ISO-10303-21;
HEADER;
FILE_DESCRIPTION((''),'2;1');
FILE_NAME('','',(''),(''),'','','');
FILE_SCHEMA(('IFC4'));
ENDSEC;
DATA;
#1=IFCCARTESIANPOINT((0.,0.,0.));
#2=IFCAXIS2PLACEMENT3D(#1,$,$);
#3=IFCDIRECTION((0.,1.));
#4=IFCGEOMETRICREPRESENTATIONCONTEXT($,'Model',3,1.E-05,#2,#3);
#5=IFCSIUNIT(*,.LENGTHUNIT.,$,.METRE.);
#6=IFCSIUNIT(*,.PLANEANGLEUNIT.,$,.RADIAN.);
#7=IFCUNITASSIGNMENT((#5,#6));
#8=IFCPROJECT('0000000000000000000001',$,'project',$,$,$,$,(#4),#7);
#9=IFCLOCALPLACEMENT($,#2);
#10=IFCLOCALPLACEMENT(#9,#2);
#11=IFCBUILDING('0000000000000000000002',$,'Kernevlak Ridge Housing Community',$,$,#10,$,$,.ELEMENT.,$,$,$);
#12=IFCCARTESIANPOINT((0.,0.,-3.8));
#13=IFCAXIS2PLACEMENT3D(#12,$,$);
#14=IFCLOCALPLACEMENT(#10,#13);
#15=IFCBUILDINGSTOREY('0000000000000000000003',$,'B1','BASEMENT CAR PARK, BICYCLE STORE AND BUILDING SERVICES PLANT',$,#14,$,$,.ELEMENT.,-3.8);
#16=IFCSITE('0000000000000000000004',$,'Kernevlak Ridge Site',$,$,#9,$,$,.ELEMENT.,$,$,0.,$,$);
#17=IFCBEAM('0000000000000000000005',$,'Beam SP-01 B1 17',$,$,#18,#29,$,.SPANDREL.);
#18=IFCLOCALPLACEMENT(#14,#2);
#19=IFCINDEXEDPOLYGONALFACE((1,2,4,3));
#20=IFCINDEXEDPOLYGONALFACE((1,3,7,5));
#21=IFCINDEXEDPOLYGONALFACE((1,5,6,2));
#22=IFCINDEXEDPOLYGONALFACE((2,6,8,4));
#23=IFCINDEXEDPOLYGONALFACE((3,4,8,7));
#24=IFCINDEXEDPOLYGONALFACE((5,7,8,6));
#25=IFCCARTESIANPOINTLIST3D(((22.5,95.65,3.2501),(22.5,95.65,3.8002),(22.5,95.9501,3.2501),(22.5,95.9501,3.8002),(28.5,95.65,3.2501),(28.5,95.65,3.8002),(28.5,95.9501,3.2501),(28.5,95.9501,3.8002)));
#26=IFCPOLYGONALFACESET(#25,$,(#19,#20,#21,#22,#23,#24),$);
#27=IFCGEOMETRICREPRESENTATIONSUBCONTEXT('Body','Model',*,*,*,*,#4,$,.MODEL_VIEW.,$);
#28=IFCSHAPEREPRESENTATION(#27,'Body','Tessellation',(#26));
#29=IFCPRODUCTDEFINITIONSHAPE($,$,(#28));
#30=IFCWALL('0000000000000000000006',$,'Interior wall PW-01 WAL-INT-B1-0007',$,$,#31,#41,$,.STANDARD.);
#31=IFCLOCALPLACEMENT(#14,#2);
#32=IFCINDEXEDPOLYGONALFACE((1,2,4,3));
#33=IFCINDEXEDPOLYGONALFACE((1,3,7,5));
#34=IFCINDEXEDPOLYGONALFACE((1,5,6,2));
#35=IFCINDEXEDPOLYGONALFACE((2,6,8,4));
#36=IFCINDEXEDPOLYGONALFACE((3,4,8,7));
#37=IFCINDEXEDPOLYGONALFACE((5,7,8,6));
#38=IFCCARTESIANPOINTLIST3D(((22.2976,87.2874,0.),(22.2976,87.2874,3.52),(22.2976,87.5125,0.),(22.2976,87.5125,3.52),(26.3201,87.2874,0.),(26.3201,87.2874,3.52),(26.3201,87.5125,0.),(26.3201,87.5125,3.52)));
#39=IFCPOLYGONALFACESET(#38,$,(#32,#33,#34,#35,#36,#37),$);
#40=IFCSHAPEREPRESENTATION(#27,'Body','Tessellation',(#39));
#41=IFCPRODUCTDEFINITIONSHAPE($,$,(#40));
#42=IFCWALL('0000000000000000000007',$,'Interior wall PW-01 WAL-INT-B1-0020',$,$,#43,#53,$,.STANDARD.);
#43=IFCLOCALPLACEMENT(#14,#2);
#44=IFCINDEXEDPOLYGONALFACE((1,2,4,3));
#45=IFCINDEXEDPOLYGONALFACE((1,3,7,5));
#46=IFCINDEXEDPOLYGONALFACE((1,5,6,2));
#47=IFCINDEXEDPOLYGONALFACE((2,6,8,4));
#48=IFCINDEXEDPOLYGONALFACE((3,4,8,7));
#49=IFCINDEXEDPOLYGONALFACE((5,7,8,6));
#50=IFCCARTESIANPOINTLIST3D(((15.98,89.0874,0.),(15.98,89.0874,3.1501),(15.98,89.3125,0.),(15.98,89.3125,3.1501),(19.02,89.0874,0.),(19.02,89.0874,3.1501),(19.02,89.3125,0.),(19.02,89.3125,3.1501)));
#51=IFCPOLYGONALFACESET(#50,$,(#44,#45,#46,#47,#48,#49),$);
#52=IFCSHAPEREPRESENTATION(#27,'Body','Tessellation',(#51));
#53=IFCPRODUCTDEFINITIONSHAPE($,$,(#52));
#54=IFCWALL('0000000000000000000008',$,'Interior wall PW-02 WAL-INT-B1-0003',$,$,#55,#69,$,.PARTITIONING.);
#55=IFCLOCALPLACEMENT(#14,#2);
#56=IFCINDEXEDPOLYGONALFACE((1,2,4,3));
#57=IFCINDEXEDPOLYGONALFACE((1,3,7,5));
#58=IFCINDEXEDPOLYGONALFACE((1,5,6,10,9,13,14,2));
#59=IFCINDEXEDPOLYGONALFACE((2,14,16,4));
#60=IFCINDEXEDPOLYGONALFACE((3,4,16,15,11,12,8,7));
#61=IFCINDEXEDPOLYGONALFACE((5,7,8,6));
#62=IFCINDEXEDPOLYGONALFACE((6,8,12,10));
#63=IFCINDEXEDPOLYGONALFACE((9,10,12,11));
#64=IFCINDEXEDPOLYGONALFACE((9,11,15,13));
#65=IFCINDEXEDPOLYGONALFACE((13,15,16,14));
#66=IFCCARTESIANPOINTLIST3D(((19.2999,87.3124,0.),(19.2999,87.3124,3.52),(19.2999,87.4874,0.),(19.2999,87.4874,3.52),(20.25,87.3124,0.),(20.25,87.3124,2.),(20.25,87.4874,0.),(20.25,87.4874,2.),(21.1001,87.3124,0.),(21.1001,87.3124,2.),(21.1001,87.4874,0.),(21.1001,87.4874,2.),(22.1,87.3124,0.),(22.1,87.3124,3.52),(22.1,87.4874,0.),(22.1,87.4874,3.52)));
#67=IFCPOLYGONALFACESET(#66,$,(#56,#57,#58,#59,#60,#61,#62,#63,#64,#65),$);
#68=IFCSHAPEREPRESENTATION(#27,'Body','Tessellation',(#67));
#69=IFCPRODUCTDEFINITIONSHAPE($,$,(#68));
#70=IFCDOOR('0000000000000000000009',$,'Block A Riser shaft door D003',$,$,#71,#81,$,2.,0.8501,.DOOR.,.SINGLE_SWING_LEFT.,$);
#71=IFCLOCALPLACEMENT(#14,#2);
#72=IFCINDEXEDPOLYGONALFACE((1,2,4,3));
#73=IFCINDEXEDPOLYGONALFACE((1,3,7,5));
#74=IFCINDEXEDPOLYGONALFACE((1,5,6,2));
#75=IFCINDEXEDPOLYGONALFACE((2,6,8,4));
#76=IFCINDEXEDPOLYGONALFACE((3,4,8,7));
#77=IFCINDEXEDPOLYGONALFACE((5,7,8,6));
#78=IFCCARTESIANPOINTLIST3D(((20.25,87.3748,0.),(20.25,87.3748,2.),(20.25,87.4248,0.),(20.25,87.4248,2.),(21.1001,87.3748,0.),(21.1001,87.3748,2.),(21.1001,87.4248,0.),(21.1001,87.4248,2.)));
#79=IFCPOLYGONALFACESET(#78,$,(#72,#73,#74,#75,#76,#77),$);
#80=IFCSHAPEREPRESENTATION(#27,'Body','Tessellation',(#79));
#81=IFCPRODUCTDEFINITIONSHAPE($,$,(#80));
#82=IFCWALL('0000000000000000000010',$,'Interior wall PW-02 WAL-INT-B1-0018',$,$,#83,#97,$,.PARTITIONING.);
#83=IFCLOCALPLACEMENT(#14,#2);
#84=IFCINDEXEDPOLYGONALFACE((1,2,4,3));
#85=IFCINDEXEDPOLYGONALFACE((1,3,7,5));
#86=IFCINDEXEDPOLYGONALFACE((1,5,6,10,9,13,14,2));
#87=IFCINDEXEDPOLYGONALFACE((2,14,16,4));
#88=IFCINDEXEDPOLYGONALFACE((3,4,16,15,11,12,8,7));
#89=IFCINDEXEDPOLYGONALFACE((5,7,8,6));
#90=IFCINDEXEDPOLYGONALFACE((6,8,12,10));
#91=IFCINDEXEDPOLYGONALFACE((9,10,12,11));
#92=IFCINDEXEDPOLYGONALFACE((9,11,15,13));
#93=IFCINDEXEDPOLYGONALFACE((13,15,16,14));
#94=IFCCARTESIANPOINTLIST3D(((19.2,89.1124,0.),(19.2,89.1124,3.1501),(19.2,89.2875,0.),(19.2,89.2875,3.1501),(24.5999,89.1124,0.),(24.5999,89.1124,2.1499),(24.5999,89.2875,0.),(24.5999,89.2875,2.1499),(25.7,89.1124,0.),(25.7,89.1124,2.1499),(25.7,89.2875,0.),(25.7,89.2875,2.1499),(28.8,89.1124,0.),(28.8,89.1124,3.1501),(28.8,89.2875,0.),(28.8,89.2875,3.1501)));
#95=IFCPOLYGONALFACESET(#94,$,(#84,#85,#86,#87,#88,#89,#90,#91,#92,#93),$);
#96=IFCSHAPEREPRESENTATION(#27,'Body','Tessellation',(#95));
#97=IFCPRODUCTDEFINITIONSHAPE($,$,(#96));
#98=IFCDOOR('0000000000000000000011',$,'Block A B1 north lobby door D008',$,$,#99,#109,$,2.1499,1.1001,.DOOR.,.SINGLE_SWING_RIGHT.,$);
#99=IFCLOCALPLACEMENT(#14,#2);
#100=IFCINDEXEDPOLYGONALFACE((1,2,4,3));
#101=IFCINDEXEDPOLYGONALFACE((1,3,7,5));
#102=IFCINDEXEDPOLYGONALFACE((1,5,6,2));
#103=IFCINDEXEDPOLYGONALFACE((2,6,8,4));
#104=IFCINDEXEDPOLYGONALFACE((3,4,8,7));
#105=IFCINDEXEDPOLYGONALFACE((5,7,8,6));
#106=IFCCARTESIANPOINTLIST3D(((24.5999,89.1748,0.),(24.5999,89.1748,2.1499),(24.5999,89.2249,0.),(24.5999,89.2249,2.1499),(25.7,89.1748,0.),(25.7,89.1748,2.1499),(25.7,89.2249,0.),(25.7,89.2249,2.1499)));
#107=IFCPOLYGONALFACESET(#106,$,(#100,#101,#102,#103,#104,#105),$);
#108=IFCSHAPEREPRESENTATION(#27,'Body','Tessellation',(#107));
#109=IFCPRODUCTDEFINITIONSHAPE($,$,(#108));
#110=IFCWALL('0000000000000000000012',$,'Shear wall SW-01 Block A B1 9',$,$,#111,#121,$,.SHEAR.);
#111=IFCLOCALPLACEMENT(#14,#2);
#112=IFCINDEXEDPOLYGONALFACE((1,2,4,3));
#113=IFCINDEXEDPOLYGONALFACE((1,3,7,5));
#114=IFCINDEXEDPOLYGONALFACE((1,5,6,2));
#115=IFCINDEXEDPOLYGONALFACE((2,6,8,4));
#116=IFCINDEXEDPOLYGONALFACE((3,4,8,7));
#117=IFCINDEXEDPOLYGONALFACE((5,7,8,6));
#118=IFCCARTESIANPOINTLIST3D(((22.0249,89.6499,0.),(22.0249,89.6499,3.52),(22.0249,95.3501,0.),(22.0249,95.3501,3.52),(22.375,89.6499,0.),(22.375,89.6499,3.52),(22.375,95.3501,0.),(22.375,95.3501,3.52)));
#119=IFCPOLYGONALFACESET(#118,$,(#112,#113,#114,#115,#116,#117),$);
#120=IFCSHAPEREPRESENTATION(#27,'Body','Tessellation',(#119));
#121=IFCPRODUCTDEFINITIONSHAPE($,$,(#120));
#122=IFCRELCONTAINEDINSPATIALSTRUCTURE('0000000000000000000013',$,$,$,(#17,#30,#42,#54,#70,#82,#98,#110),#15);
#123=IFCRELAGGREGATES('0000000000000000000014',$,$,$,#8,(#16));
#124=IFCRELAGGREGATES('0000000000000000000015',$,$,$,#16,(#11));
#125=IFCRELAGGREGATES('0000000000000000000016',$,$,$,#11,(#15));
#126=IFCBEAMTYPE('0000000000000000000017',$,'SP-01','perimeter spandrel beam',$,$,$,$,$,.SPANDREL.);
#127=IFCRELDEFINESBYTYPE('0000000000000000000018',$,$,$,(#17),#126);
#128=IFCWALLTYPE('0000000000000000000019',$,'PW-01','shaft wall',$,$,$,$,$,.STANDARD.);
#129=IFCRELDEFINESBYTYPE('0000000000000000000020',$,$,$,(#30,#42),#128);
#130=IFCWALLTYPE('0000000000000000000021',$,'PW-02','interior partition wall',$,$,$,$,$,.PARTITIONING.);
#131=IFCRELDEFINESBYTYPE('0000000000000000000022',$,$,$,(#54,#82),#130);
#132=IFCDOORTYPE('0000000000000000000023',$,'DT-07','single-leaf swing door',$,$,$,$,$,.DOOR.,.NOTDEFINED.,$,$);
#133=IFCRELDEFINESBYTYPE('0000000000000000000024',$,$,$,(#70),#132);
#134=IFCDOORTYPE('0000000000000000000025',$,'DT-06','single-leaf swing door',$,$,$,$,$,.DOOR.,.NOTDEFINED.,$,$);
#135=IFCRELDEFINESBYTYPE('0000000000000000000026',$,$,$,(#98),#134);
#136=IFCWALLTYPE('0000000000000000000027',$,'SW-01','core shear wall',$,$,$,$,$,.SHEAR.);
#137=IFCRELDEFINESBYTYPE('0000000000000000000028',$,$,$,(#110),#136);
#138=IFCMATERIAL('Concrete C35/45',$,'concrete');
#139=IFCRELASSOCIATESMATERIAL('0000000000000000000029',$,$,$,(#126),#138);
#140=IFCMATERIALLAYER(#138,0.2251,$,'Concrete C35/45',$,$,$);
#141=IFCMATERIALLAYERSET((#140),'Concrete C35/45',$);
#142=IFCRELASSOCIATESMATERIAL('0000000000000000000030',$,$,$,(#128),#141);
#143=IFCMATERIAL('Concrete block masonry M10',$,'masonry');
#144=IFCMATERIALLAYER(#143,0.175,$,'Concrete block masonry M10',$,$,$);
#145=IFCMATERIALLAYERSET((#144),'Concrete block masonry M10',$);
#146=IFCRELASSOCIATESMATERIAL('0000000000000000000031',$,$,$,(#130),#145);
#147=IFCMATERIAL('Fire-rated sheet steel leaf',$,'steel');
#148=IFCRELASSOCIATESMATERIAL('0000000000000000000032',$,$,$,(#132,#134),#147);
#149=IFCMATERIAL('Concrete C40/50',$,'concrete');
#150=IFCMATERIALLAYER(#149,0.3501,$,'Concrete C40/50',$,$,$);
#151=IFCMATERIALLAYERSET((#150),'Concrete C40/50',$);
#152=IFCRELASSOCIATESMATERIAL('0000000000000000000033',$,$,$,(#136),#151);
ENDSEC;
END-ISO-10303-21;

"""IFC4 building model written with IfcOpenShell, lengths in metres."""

from ifc_helpers import new_model, si_unit, direction, frame, frame_2d, origin, origin_2d, place, context, subcontext, project, spatial, rectangle, extrude, material, layer, layer_set, material_profile, profile_set, type_object, element, fill, save


model = new_model("IFC4")

# Units and contexts
model_context = context("Model", 3, precision=1e-05, world=origin(), true_north=direction((0.0, 1.0)))
body_context = subcontext(model_context, "Body", "Model", "MODEL_VIEW")
ifc_project = project(units=[si_unit("LENGTHUNIT", "METRE"), si_unit("PLANEANGLEUNIT", "RADIAN")], contexts=[model_context])

# Site, building, storey
site_placement = place(None, origin())
site = spatial("IfcSite", under=ifc_project, at=site_placement, Name="Kernevlak Ridge Site", CompositionType="ELEMENT", RefElevation=0.0)
building_placement = place(site_placement, origin())
building = spatial("IfcBuilding", under=site, at=building_placement, Name="Kernevlak Ridge Housing Community", CompositionType="ELEMENT")
storey_placement = place(building_placement, frame((0.0, 0.0, -3.8)))
storey = spatial("IfcBuildingStorey", under=building, at=storey_placement, Name="B1", Description="BASEMENT CAR PARK, BICYCLE STORE AND BUILDING SERVICES PLANT", CompositionType="ELEMENT", Elevation=-3.8)

# Shared definitions
ifc_material_1 = material(Name="Concrete C35/45", Category="concrete")

# Shared definitions
ifc_material_2 = material(Name="Concrete C40/50", Category="concrete")

# Beam
ifc_material_profile_1 = material_profile(ifc_material_1, rectangle(XDim=0.3, YDim=0.55, at=origin_2d()), Name="RC 300x550")
ifc_profile_set_1 = profile_set([ifc_material_profile_1], Name="Concrete C35/45")
beam_type_1 = type_object("IfcBeamType", Name="SP-01", Description="perimeter spandrel beam", PredefinedType="SPANDREL", material=ifc_profile_set_1)
beam_1_placement = place(storey_placement, frame((22.5, 95.8, 3.5251), z_axis=(1.0, 0.0, 0.0), x_axis=(0.0, 1.0, 0.0)))
element("IfcBeam", 1, at=beam_1_placement, inside=storey, type_object=beam_type_1, Name="Beam SP-01 B1 17", PredefinedType="SPANDREL", context=body_context, shape_type="SweptSolid", body=[
    extrude(rectangle(XDim=0.3, YDim=0.55, at=origin_2d()), origin(), (0.0, 0.0, 1.0), 6.0),
])

# Walls
ifc_layer_1 = layer(ifc_material_1, 0.2251, Name="Concrete C35/45")
ifc_layer_set_1 = layer_set([ifc_layer_1], Name="Concrete C35/45")
wall_type_1 = type_object("IfcWallType", Name="PW-01", Description="shaft wall", PredefinedType="STANDARD", material=ifc_layer_set_1)
wall_1_placement = place(storey_placement, frame((22.2976, 87.3999, 0.0), z_axis=(0.0, 0.0, 1.0), x_axis=(1.0, 0.0, 0.0)))
element("IfcWall", 2, at=wall_1_placement, inside=storey, type_object=wall_type_1, Name="Interior wall PW-01 WAL-INT-B1-0007", PredefinedType="STANDARD", context=body_context, shape_type="SweptSolid", body=[
    extrude(rectangle(XDim=4.0225, YDim=0.2251, at=frame_2d((2.0112, 0.0))), origin(), (0.0, 0.0, 1.0), 3.52),
])
wall_2_placement = place(storey_placement, frame((15.98, 89.2, 0.0), z_axis=(0.0, 0.0, 1.0), x_axis=(1.0, 0.0, 0.0)))
element("IfcWall", 3, at=wall_2_placement, inside=storey, type_object=wall_type_1, Name="Interior wall PW-01 WAL-INT-B1-0020", PredefinedType="STANDARD", context=body_context, shape_type="SweptSolid", body=[
    extrude(rectangle(XDim=3.04, YDim=0.2251, at=frame_2d((1.52, 0.0))), origin(), (0.0, 0.0, 1.0), 3.1501),
])

# Walls, openings, doors
ifc_material_3 = material(Name="Concrete block masonry M10", Category="masonry")
ifc_layer_2 = layer(ifc_material_3, 0.175, Name="Concrete block masonry M10")
ifc_layer_set_2 = layer_set([ifc_layer_2], Name="Concrete block masonry M10")
wall_type_2 = type_object("IfcWallType", Name="PW-02", Description="interior partition wall", PredefinedType="PARTITIONING", material=ifc_layer_set_2)
wall_3_placement = place(storey_placement, frame((19.3, 87.3999, 0.0), z_axis=(0.0, 0.0, 1.0), x_axis=(1.0, 0.0, 0.0)))
wall_3 = element("IfcWall", 4, at=wall_3_placement, inside=storey, type_object=wall_type_2, Name="Interior wall PW-02 WAL-INT-B1-0003", PredefinedType="PARTITIONING", context=body_context, shape_type="SweptSolid", body=[
    extrude(rectangle(XDim=2.8, YDim=0.175, at=frame_2d((1.3999, 0.0))), origin(), (0.0, 0.0, 1.0), 3.52),
])
opening_1_placement = place(wall_3_placement, frame((0.95, 0.0, 0.0)))
opening_1 = element("IfcOpeningElement", 5, at=opening_1_placement, cuts=wall_3, PredefinedType="OPENING", context=body_context, shape_type="SweptSolid", body=[
    extrude(rectangle(XDim=0.8501, YDim=2.0, at=frame_2d((0.425, 1.0))), frame((0.0, 0.0974, 0.0), z_axis=(0.0, -1.0, 0.0), x_axis=(1.0, 0.0, 0.0)), (0.0, 0.0, 1.0), 0.1951),
])
ifc_material_4 = material(Name="Fire-rated sheet steel leaf", Category="steel")
door_type_1 = type_object("IfcDoorType", Name="DT-07", Description="single-leaf swing door", OperationType="NOTDEFINED", PredefinedType="DOOR", material=ifc_material_4)
door_1_placement = place(opening_1_placement, origin())
door_1 = element("IfcDoor", 6, at=door_1_placement, inside=storey, type_object=door_type_1, Name="Block A Riser shaft door D003", OperationType="SINGLE_SWING_LEFT", OverallHeight=2.0, OverallWidth=0.8501, PredefinedType="DOOR", context=body_context, shape_type="SweptSolid", body=[
    extrude(rectangle(XDim=0.8501, YDim=2.0, at=frame_2d((0.425, 1.0))), frame((0.0, 0.0249, 0.0), z_axis=(0.0, -1.0, 0.0), x_axis=(1.0, 0.0, 0.0)), (0.0, 0.0, 1.0), 0.05),
])
fill(opening_1, door_1)
wall_4_placement = place(storey_placement, frame((19.2, 89.2, 0.0), z_axis=(0.0, 0.0, 1.0), x_axis=(1.0, 0.0, 0.0)))
wall_4 = element("IfcWall", 7, at=wall_4_placement, inside=storey, type_object=wall_type_2, Name="Interior wall PW-02 WAL-INT-B1-0018", PredefinedType="PARTITIONING", context=body_context, shape_type="SweptSolid", body=[
    extrude(rectangle(XDim=9.6001, YDim=0.175, at=frame_2d((4.8, 0.0))), origin(), (0.0, 0.0, 1.0), 3.1501),
])
opening_2_placement = place(wall_4_placement, frame((5.3999, 0.0, 0.0)))
opening_2 = element("IfcOpeningElement", 8, at=opening_2_placement, cuts=wall_4, PredefinedType="OPENING", context=body_context, shape_type="SweptSolid", body=[
    extrude(rectangle(XDim=1.1001, YDim=2.1499, at=frame_2d((0.55, 1.075))), frame((0.0, 0.0974, 0.0), z_axis=(0.0, -1.0, 0.0), x_axis=(1.0, 0.0, 0.0)), (0.0, 0.0, 1.0), 0.1951),
])
door_type_2 = type_object("IfcDoorType", Name="DT-06", Description="single-leaf swing door", OperationType="NOTDEFINED", PredefinedType="DOOR", material=ifc_material_4)
door_2_placement = place(opening_2_placement, origin())
door_2 = element("IfcDoor", 9, at=door_2_placement, inside=storey, type_object=door_type_2, Name="Block A B1 north lobby door D008", OperationType="SINGLE_SWING_RIGHT", OverallHeight=2.1499, OverallWidth=1.1001, PredefinedType="DOOR", context=body_context, shape_type="SweptSolid", body=[
    extrude(rectangle(XDim=1.1001, YDim=2.1499, at=frame_2d((0.55, 1.075))), frame((0.0, 0.0249, 0.0), z_axis=(0.0, -1.0, 0.0), x_axis=(1.0, 0.0, 0.0)), (0.0, 0.0, 1.0), 0.05),
])
fill(opening_2, door_2)

# Wall
ifc_layer_3 = layer(ifc_material_2, 0.3501, Name="Concrete C40/50")
ifc_layer_set_3 = layer_set([ifc_layer_3], Name="Concrete C40/50")
wall_type_3 = type_object("IfcWallType", Name="SW-01", Description="core shear wall", PredefinedType="SHEAR", material=ifc_layer_set_3)
wall_5_placement = place(storey_placement, frame((22.2, 89.6499, 0.0), z_axis=(0.0, 0.0, 1.0), x_axis=(0.0, 1.0, 0.0)))
element("IfcWall", 10, at=wall_5_placement, inside=storey, type_object=wall_type_3, Name="Shear wall SW-01 Block A B1 9", PredefinedType="SHEAR", context=body_context, shape_type="SweptSolid", body=[
    extrude(rectangle(XDim=5.7002, YDim=0.3501, at=frame_2d((2.8501, 0.0))), origin(), (0.0, 0.0, 1.0), 3.52),
])

save(model, "model.ifc")
